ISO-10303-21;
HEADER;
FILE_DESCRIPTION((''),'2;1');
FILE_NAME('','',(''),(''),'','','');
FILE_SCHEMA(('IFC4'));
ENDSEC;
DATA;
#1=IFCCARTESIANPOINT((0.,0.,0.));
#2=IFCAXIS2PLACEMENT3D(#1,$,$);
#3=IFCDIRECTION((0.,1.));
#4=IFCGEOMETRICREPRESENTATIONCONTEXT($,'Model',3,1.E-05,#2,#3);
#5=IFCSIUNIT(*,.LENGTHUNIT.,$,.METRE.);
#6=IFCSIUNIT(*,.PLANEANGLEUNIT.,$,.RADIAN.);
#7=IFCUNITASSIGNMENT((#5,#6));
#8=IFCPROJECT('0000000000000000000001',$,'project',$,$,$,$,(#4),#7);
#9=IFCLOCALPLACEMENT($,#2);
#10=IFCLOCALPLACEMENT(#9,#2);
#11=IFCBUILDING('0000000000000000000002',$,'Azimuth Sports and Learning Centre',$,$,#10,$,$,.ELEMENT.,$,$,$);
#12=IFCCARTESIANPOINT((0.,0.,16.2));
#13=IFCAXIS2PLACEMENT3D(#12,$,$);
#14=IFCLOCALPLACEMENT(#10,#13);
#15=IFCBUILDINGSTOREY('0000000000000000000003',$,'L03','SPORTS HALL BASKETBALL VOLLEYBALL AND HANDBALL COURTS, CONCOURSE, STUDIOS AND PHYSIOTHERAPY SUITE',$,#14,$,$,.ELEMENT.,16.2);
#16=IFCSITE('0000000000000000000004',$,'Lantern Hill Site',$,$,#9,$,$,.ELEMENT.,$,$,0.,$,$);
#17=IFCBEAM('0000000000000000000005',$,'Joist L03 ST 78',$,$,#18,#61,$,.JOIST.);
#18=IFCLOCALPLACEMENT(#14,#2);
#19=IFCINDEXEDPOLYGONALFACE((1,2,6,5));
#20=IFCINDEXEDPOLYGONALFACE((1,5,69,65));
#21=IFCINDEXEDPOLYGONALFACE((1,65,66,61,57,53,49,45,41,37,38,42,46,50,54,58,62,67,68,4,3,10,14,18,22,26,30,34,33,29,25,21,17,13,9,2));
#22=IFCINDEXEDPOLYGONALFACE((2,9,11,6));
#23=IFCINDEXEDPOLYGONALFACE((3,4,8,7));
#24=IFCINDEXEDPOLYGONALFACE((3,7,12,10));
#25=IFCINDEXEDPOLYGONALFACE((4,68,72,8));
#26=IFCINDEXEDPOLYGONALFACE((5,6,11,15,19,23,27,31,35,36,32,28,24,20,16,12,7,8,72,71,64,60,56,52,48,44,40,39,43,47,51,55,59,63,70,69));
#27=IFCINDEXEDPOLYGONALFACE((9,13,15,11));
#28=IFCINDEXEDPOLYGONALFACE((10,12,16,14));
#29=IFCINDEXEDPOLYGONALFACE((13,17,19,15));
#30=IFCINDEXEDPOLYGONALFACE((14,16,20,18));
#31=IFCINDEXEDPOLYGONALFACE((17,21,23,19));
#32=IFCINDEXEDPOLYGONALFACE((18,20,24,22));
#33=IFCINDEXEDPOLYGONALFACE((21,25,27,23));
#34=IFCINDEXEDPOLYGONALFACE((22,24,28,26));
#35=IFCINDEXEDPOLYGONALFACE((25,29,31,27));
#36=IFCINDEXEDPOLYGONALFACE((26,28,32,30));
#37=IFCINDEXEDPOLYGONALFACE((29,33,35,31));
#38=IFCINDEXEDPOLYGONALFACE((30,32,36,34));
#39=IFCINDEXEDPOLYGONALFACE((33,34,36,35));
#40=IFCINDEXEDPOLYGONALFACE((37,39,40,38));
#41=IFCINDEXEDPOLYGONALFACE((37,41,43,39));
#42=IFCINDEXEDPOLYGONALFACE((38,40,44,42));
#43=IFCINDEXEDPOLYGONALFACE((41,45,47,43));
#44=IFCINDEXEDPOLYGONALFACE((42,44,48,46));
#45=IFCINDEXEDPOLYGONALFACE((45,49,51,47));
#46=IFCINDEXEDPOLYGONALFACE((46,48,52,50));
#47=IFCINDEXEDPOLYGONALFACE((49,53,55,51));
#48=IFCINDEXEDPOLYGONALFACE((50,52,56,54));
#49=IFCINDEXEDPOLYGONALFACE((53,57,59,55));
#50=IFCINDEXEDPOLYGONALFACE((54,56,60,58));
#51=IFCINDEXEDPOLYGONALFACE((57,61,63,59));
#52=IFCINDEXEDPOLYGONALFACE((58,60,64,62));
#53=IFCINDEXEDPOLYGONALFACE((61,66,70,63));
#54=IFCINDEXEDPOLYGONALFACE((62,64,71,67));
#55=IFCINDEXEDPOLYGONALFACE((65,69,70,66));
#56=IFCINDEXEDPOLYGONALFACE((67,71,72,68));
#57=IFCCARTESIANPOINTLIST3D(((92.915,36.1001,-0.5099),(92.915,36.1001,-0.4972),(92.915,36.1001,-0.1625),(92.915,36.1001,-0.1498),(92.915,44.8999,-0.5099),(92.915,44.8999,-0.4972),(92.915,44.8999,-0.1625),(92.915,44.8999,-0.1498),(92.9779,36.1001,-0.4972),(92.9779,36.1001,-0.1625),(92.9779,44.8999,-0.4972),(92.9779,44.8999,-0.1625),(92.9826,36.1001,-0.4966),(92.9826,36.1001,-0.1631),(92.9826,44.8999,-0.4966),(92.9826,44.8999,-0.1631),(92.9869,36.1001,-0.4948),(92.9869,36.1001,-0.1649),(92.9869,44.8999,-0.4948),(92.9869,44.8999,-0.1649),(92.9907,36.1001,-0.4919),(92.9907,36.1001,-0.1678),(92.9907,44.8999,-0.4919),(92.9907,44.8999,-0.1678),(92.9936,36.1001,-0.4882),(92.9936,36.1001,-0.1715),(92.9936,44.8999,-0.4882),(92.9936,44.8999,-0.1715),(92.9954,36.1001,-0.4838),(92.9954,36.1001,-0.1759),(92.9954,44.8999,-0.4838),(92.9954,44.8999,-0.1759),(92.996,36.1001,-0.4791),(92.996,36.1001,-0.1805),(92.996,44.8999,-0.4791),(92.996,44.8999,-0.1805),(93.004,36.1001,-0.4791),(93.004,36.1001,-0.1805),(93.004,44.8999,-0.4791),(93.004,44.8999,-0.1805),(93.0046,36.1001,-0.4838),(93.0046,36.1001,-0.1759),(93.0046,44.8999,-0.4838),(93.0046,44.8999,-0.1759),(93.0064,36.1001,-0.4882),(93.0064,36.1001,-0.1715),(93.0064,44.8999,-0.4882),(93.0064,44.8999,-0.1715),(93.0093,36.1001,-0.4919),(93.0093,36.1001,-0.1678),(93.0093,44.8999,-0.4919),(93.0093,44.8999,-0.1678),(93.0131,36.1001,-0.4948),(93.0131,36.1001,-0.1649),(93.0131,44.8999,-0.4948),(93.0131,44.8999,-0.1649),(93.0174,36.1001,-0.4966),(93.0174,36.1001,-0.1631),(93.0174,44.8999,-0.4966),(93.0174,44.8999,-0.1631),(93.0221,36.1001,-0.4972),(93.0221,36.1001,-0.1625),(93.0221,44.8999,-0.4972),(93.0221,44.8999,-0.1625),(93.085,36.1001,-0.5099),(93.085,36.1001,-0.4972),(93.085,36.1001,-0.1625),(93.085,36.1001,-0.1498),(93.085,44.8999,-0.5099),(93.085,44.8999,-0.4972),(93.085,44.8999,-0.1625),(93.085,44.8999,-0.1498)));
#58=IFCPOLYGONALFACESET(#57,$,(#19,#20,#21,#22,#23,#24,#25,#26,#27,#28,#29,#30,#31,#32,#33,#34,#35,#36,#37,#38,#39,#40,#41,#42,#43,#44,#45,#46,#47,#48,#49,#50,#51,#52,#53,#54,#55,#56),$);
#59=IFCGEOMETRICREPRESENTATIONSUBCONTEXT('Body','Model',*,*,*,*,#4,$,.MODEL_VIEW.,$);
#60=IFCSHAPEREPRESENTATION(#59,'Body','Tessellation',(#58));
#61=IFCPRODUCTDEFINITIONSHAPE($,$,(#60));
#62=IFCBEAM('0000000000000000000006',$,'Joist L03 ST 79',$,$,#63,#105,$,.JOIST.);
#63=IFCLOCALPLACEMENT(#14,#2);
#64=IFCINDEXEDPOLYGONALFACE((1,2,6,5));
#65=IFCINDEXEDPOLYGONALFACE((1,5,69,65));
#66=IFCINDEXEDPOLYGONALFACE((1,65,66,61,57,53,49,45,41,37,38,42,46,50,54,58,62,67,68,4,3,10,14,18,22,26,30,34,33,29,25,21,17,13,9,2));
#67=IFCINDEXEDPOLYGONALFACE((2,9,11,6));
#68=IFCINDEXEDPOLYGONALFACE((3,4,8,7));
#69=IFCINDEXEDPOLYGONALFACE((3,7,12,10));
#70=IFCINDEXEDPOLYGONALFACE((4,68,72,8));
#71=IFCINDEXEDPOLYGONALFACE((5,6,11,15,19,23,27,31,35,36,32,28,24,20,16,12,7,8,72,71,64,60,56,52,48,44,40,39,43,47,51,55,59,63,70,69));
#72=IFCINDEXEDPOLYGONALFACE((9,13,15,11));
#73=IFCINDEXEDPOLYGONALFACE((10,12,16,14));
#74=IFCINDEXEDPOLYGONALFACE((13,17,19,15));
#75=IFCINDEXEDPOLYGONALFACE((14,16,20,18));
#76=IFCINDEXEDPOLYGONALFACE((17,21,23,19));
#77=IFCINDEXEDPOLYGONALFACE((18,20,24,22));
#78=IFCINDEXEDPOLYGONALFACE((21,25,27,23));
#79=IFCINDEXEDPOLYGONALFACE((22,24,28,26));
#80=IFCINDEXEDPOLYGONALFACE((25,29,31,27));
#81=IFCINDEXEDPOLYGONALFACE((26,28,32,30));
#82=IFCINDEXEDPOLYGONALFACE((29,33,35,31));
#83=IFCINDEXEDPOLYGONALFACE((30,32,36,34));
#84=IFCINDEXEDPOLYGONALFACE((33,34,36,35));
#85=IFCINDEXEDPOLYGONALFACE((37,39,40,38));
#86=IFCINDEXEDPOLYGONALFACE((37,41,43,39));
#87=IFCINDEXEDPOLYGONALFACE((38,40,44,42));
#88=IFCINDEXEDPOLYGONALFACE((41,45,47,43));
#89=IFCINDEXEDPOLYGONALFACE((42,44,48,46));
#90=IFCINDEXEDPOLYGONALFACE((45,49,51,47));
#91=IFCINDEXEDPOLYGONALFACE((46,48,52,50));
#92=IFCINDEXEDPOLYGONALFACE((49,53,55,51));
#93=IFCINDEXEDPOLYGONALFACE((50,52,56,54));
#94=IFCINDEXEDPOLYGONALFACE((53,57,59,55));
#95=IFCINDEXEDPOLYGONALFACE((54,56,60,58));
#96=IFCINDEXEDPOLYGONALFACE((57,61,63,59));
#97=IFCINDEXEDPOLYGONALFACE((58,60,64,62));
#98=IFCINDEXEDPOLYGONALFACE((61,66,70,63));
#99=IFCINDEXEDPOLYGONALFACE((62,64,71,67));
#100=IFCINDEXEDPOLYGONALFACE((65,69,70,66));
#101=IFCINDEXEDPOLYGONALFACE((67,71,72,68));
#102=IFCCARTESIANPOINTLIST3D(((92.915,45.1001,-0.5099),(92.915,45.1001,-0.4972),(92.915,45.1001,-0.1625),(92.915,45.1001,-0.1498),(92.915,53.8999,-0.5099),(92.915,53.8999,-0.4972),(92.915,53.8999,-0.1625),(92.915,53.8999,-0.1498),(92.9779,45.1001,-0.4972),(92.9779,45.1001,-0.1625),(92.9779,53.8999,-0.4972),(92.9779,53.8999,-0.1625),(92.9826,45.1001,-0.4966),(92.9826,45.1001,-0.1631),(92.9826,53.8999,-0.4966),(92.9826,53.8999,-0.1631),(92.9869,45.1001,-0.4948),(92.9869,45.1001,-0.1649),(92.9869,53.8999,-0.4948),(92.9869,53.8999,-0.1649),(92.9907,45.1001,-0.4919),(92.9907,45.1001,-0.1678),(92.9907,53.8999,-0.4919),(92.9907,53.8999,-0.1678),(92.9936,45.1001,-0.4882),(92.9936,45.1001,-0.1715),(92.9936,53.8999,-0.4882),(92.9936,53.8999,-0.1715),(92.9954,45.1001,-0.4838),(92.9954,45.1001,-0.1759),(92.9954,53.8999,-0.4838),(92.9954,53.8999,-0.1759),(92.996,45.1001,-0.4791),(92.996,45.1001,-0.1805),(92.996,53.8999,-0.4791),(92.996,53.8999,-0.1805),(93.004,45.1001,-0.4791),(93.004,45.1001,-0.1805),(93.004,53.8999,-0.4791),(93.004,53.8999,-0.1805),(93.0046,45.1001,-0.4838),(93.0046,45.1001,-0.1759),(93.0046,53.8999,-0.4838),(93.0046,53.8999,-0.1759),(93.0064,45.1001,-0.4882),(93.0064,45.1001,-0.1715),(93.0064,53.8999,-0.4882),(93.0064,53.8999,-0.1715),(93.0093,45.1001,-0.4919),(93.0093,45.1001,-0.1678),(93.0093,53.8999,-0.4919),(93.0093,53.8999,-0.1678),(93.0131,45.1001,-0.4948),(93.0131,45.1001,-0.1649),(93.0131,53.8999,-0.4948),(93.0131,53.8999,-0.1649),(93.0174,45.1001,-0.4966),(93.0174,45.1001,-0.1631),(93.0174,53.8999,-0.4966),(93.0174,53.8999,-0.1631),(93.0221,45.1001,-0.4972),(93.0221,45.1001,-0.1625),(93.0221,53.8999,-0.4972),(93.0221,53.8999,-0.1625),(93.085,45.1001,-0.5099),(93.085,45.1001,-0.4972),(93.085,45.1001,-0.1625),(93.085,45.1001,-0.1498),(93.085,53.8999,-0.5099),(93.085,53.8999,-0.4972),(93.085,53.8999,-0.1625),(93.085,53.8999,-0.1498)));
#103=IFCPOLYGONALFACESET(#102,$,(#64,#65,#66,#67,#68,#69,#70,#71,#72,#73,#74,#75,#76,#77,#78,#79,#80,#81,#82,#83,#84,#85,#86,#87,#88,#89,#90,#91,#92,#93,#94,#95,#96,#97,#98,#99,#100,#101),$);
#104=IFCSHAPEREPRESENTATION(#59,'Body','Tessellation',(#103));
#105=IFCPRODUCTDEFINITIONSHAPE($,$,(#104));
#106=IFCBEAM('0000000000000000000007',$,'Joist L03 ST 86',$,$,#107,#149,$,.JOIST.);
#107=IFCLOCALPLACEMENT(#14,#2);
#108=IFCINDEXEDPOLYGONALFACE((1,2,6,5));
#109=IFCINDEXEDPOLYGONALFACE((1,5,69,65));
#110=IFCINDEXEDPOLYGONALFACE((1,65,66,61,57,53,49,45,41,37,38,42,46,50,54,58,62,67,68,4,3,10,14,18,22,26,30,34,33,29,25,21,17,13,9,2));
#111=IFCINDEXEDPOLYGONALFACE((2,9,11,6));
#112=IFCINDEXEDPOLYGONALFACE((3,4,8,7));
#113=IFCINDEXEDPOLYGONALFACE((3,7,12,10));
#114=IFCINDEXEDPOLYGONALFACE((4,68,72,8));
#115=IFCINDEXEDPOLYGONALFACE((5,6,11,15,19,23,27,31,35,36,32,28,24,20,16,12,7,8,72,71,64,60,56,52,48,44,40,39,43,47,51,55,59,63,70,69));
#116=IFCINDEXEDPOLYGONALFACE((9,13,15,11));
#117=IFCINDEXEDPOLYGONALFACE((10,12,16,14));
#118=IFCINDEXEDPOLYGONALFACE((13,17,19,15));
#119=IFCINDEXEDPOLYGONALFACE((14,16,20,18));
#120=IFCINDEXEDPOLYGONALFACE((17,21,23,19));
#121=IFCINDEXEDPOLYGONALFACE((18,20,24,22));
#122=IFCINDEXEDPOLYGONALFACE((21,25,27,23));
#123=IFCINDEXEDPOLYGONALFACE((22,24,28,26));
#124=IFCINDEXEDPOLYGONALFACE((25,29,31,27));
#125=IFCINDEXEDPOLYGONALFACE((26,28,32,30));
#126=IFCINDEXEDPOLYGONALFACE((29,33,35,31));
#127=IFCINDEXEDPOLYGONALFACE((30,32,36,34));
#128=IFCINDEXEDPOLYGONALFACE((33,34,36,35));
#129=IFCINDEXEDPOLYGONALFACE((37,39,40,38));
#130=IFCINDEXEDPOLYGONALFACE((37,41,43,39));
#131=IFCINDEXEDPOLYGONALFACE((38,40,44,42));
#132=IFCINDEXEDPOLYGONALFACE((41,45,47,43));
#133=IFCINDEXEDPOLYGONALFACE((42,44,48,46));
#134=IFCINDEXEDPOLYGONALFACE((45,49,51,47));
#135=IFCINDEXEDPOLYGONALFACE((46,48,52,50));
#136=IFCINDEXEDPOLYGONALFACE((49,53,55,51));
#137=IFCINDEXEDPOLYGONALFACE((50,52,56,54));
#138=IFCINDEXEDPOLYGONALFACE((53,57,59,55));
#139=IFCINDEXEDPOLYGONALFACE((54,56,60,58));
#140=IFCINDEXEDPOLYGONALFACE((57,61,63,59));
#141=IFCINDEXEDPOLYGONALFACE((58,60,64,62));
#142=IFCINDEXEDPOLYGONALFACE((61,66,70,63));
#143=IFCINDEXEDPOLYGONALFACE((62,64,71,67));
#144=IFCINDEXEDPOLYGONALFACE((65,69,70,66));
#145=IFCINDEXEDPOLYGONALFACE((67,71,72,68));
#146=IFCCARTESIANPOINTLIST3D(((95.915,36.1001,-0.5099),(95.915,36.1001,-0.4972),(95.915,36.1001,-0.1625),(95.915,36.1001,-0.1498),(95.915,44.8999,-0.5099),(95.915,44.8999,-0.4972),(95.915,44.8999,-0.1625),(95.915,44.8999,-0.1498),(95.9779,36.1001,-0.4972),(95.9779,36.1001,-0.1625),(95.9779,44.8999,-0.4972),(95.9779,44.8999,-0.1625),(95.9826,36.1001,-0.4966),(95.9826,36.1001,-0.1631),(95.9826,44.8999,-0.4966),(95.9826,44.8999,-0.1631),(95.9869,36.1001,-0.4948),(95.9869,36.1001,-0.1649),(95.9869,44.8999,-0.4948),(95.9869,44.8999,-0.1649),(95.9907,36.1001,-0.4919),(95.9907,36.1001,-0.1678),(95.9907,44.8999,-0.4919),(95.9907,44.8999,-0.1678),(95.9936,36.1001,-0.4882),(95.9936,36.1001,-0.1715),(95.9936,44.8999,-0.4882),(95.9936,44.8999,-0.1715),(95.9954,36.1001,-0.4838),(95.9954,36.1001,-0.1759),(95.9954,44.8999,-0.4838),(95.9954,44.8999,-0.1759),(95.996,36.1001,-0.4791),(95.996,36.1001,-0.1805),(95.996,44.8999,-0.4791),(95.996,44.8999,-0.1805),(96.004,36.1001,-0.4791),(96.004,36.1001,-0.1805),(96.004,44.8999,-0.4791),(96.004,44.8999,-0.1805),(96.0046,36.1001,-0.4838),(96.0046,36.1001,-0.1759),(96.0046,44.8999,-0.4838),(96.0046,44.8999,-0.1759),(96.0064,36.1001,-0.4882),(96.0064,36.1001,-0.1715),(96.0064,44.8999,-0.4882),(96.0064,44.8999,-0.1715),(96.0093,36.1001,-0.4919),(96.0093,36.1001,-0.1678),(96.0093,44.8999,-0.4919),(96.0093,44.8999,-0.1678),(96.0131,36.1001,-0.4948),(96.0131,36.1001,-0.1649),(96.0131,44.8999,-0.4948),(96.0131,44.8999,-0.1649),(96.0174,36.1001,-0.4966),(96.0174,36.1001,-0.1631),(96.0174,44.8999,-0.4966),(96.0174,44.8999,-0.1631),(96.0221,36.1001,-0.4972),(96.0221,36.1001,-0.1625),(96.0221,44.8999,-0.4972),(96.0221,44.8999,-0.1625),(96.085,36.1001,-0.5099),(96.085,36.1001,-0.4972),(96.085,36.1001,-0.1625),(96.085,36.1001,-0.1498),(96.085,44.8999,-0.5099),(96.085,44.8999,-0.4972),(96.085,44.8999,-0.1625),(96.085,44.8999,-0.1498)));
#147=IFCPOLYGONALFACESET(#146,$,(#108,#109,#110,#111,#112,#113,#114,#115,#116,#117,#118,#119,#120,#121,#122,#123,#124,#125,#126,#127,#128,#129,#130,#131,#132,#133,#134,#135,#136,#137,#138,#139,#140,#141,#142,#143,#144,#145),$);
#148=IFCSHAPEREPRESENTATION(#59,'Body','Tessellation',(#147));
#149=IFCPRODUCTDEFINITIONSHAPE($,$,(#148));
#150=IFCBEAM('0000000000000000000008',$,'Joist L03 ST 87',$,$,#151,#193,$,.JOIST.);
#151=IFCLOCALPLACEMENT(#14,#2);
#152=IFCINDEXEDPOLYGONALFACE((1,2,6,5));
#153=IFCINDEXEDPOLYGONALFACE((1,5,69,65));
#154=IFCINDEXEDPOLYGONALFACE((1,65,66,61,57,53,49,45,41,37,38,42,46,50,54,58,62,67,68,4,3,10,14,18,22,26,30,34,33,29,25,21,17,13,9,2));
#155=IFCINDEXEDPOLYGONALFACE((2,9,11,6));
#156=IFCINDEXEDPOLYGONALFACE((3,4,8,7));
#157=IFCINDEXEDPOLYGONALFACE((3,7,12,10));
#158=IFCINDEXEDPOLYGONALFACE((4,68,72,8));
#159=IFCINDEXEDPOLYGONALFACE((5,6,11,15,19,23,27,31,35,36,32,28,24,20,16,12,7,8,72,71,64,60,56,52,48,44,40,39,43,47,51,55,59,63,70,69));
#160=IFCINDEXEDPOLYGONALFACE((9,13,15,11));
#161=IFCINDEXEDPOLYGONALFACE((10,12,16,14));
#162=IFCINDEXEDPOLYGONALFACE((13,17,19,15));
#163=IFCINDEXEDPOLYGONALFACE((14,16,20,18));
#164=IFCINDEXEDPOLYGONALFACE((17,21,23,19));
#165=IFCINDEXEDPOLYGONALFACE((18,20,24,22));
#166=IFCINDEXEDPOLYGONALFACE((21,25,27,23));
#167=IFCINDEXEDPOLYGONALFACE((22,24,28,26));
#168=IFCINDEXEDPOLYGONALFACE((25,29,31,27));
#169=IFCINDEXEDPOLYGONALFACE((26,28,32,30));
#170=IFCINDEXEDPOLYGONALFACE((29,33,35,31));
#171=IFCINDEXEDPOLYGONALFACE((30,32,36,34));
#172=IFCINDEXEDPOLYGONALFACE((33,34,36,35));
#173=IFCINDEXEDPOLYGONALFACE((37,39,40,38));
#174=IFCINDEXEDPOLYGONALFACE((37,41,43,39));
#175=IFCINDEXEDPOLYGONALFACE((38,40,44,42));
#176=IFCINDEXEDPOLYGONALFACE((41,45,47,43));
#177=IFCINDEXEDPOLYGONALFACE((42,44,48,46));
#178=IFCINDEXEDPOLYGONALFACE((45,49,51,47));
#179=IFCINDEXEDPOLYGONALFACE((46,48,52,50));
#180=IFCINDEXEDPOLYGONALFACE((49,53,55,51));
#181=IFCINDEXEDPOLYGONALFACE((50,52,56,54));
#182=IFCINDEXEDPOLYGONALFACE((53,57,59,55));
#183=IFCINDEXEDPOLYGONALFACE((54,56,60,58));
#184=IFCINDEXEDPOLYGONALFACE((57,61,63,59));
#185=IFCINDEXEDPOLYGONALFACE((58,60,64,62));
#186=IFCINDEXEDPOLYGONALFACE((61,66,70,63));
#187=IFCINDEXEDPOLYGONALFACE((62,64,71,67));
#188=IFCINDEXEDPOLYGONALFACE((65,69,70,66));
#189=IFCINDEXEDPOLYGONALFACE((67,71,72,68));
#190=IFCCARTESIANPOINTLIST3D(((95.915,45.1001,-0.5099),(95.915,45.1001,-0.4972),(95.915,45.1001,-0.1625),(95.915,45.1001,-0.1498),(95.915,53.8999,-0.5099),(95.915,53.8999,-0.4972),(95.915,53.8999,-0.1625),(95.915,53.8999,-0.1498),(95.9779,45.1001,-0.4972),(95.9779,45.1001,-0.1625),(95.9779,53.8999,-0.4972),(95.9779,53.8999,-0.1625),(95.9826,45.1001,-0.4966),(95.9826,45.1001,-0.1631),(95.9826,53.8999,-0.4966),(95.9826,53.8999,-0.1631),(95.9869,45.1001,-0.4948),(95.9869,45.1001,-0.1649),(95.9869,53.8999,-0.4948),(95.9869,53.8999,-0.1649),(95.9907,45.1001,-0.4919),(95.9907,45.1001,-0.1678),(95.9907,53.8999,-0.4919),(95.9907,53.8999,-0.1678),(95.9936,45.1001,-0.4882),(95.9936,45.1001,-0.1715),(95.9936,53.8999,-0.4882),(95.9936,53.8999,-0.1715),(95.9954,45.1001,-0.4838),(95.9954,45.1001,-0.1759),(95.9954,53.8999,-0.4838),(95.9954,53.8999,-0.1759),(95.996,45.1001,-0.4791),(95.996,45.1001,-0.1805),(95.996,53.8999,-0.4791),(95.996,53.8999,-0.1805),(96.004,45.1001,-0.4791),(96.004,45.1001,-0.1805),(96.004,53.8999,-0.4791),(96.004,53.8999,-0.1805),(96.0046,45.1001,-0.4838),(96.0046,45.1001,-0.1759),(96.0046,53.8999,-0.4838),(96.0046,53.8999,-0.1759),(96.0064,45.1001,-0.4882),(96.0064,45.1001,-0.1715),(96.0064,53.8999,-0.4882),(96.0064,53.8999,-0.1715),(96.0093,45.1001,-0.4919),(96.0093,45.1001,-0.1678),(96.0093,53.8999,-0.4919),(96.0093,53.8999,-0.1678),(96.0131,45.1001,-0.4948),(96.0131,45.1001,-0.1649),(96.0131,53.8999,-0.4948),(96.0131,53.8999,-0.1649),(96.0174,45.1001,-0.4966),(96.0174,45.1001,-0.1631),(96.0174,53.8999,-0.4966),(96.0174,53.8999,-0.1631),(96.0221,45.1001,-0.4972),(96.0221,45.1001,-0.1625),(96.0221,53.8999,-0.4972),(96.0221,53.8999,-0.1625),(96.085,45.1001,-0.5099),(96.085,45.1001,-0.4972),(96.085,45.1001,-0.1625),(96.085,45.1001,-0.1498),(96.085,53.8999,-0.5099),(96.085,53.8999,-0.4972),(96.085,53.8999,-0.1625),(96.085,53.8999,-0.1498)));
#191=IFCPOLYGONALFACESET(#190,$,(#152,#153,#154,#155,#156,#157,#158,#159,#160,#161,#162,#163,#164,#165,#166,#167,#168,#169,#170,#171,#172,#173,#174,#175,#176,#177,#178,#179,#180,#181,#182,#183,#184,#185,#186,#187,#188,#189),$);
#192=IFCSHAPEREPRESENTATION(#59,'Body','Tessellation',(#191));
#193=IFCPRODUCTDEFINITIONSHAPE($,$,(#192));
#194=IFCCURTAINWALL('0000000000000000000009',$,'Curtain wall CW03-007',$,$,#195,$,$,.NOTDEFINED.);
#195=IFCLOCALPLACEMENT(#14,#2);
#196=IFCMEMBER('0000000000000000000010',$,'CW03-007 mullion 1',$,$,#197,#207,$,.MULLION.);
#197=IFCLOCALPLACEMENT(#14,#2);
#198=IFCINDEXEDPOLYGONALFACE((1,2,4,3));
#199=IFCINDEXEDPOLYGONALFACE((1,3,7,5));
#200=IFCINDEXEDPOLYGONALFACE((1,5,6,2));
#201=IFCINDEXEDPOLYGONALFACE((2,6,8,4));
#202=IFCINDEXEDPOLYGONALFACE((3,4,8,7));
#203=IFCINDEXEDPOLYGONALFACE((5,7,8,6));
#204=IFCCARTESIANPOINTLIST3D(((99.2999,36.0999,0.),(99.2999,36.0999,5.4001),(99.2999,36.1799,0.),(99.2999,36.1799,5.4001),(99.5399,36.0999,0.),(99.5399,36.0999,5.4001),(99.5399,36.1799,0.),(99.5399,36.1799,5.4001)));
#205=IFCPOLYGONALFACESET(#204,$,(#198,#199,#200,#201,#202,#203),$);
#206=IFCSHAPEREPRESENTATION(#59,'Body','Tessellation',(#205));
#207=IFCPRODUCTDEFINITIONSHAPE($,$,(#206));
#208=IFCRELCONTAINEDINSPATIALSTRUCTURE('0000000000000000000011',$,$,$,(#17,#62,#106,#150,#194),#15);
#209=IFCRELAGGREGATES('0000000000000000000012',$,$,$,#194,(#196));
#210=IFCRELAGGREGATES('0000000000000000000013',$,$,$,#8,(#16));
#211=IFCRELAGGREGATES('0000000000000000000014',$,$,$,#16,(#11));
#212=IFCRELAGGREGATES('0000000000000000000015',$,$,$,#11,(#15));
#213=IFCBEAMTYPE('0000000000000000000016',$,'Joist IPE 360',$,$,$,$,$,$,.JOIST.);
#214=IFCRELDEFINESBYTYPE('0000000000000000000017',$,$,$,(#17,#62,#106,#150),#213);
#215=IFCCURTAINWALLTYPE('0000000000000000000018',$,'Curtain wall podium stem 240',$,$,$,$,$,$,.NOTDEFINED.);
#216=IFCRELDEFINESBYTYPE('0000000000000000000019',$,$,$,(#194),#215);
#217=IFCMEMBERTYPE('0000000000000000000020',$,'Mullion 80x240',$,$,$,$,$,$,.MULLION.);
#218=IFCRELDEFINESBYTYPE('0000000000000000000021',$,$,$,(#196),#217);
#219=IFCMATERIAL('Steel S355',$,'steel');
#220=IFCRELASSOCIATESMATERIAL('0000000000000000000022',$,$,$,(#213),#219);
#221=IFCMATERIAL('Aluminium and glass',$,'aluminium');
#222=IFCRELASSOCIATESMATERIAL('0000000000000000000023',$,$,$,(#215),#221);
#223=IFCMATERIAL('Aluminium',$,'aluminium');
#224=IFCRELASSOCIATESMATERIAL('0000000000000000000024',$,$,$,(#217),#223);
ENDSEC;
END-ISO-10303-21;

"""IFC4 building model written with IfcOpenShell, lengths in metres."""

from ifc_helpers import new_model, si_unit, direction, frame, origin, origin_2d, place, context, subcontext, project, spatial, rectangle, i_section, extrude, material, material_profile, profile_set, type_object, element, aggregate, save


model = new_model("IFC4")

# Units and contexts
model_context = context("Model", 3, precision=1e-05, world=origin(), true_north=direction((0.0, 1.0)))
body_context = subcontext(model_context, "Body", "Model", "MODEL_VIEW")
ifc_project = project(units=[si_unit("LENGTHUNIT", "METRE"), si_unit("PLANEANGLEUNIT", "RADIAN")], contexts=[model_context])

# Site, building, storey
site_placement = place(None, origin())
site = spatial("IfcSite", under=ifc_project, at=site_placement, Name="Lantern Hill Site", CompositionType="ELEMENT", RefElevation=0.0)
building_placement = place(site_placement, origin())
building = spatial("IfcBuilding", under=site, at=building_placement, Name="Azimuth Sports and Learning Centre", CompositionType="ELEMENT")
storey_placement = place(building_placement, frame((0.0, 0.0, 16.2)))
storey = spatial("IfcBuildingStorey", under=building, at=storey_placement, Name="L03", Description="SPORTS HALL BASKETBALL VOLLEYBALL AND HANDBALL COURTS, CONCOURSE, STUDIOS AND PHYSIOTHERAPY SUITE", CompositionType="ELEMENT", Elevation=16.2)

# Beams
ifc_material_1 = material(Name="Steel S355", Category="steel")
ifc_material_profile_1 = material_profile(ifc_material_1, i_section(OverallWidth=0.1699, OverallDepth=0.3601, WebThickness=0.0081, FlangeThickness=0.0127, FilletRadius=0.0181, at=origin_2d()), Name="IPE 360")
ifc_profile_set_1 = profile_set([ifc_material_profile_1], Name="Steel S355")
beam_type_1 = type_object("IfcBeamType", Name="Joist IPE 360", PredefinedType="JOIST", material=ifc_profile_set_1)
for number, where, z_axis, x_axis, name in (
    (1, (93.0, 36.1001, -0.3298), (0.0, 1.0, 0.0), (-1.0, 0.0, 0.0), "Joist L03 ST 78"),
    (2, (93.0, 45.1001, -0.3298), (0.0, 1.0, 0.0), (-1.0, 0.0, 0.0), "Joist L03 ST 79"),
    (3, (96.0, 36.1001, -0.3298), (0.0, 1.0, 0.0), (-1.0, 0.0, 0.0), "Joist L03 ST 86"),
    (4, (96.0, 45.1001, -0.3298), (0.0, 1.0, 0.0), (-1.0, 0.0, 0.0), "Joist L03 ST 87"),
):
    element("IfcBeam", number, at=place(storey_placement, frame(where, z_axis=z_axis, x_axis=x_axis)), inside=storey, type_object=beam_type_1, Name=name, PredefinedType="JOIST", context=body_context, shape_type="SweptSolid", body=[
        extrude(i_section(OverallWidth=0.1699, OverallDepth=0.3601, WebThickness=0.0081, FlangeThickness=0.0127, FilletRadius=0.0181, at=origin_2d()), origin(), (0.0, 0.0, 1.0), 8.7998),
    ])

# Curtain wall, member
ifc_material_2 = material(Name="Aluminium and glass", Category="aluminium")
curtain_wall_type = type_object("IfcCurtainWallType", Name="Curtain wall podium stem 240", PredefinedType="NOTDEFINED", material=ifc_material_2)
curtain_wall_placement = place(storey_placement, origin())
curtain_wall = element("IfcCurtainWall", 5, at=curtain_wall_placement, inside=storey, type_object=curtain_wall_type, Name="Curtain wall CW03-007", PredefinedType="NOTDEFINED")
ifc_material_3 = material(Name="Aluminium", Category="aluminium")
ifc_material_profile_2 = material_profile(ifc_material_3, rectangle(XDim=0.24, YDim=0.0801, at=origin_2d()), Name="Mullion 80x240")
ifc_profile_set_2 = profile_set([ifc_material_profile_2], Name="Aluminium")
member_type_1 = type_object("IfcMemberType", Name="Mullion 80x240", PredefinedType="MULLION", material=ifc_profile_set_2)
member_1_placement = place(storey_placement, frame((99.4199, 36.1399, 0.0), z_axis=(0.0, 0.0, 1.0), x_axis=(-1.0, 0.0, 0.0)))
member_1 = element("IfcMember", 6, at=member_1_placement, type_object=member_type_1, Name="CW03-007 mullion 1", PredefinedType="MULLION", context=body_context, shape_type="SweptSolid", body=[
    extrude(rectangle(XDim=0.24, YDim=0.0801, at=origin_2d()), origin(), (0.0, 0.0, 1.0), 5.4001),
])
aggregate(curtain_wall, [member_1])

save(model, "model.ifc")
